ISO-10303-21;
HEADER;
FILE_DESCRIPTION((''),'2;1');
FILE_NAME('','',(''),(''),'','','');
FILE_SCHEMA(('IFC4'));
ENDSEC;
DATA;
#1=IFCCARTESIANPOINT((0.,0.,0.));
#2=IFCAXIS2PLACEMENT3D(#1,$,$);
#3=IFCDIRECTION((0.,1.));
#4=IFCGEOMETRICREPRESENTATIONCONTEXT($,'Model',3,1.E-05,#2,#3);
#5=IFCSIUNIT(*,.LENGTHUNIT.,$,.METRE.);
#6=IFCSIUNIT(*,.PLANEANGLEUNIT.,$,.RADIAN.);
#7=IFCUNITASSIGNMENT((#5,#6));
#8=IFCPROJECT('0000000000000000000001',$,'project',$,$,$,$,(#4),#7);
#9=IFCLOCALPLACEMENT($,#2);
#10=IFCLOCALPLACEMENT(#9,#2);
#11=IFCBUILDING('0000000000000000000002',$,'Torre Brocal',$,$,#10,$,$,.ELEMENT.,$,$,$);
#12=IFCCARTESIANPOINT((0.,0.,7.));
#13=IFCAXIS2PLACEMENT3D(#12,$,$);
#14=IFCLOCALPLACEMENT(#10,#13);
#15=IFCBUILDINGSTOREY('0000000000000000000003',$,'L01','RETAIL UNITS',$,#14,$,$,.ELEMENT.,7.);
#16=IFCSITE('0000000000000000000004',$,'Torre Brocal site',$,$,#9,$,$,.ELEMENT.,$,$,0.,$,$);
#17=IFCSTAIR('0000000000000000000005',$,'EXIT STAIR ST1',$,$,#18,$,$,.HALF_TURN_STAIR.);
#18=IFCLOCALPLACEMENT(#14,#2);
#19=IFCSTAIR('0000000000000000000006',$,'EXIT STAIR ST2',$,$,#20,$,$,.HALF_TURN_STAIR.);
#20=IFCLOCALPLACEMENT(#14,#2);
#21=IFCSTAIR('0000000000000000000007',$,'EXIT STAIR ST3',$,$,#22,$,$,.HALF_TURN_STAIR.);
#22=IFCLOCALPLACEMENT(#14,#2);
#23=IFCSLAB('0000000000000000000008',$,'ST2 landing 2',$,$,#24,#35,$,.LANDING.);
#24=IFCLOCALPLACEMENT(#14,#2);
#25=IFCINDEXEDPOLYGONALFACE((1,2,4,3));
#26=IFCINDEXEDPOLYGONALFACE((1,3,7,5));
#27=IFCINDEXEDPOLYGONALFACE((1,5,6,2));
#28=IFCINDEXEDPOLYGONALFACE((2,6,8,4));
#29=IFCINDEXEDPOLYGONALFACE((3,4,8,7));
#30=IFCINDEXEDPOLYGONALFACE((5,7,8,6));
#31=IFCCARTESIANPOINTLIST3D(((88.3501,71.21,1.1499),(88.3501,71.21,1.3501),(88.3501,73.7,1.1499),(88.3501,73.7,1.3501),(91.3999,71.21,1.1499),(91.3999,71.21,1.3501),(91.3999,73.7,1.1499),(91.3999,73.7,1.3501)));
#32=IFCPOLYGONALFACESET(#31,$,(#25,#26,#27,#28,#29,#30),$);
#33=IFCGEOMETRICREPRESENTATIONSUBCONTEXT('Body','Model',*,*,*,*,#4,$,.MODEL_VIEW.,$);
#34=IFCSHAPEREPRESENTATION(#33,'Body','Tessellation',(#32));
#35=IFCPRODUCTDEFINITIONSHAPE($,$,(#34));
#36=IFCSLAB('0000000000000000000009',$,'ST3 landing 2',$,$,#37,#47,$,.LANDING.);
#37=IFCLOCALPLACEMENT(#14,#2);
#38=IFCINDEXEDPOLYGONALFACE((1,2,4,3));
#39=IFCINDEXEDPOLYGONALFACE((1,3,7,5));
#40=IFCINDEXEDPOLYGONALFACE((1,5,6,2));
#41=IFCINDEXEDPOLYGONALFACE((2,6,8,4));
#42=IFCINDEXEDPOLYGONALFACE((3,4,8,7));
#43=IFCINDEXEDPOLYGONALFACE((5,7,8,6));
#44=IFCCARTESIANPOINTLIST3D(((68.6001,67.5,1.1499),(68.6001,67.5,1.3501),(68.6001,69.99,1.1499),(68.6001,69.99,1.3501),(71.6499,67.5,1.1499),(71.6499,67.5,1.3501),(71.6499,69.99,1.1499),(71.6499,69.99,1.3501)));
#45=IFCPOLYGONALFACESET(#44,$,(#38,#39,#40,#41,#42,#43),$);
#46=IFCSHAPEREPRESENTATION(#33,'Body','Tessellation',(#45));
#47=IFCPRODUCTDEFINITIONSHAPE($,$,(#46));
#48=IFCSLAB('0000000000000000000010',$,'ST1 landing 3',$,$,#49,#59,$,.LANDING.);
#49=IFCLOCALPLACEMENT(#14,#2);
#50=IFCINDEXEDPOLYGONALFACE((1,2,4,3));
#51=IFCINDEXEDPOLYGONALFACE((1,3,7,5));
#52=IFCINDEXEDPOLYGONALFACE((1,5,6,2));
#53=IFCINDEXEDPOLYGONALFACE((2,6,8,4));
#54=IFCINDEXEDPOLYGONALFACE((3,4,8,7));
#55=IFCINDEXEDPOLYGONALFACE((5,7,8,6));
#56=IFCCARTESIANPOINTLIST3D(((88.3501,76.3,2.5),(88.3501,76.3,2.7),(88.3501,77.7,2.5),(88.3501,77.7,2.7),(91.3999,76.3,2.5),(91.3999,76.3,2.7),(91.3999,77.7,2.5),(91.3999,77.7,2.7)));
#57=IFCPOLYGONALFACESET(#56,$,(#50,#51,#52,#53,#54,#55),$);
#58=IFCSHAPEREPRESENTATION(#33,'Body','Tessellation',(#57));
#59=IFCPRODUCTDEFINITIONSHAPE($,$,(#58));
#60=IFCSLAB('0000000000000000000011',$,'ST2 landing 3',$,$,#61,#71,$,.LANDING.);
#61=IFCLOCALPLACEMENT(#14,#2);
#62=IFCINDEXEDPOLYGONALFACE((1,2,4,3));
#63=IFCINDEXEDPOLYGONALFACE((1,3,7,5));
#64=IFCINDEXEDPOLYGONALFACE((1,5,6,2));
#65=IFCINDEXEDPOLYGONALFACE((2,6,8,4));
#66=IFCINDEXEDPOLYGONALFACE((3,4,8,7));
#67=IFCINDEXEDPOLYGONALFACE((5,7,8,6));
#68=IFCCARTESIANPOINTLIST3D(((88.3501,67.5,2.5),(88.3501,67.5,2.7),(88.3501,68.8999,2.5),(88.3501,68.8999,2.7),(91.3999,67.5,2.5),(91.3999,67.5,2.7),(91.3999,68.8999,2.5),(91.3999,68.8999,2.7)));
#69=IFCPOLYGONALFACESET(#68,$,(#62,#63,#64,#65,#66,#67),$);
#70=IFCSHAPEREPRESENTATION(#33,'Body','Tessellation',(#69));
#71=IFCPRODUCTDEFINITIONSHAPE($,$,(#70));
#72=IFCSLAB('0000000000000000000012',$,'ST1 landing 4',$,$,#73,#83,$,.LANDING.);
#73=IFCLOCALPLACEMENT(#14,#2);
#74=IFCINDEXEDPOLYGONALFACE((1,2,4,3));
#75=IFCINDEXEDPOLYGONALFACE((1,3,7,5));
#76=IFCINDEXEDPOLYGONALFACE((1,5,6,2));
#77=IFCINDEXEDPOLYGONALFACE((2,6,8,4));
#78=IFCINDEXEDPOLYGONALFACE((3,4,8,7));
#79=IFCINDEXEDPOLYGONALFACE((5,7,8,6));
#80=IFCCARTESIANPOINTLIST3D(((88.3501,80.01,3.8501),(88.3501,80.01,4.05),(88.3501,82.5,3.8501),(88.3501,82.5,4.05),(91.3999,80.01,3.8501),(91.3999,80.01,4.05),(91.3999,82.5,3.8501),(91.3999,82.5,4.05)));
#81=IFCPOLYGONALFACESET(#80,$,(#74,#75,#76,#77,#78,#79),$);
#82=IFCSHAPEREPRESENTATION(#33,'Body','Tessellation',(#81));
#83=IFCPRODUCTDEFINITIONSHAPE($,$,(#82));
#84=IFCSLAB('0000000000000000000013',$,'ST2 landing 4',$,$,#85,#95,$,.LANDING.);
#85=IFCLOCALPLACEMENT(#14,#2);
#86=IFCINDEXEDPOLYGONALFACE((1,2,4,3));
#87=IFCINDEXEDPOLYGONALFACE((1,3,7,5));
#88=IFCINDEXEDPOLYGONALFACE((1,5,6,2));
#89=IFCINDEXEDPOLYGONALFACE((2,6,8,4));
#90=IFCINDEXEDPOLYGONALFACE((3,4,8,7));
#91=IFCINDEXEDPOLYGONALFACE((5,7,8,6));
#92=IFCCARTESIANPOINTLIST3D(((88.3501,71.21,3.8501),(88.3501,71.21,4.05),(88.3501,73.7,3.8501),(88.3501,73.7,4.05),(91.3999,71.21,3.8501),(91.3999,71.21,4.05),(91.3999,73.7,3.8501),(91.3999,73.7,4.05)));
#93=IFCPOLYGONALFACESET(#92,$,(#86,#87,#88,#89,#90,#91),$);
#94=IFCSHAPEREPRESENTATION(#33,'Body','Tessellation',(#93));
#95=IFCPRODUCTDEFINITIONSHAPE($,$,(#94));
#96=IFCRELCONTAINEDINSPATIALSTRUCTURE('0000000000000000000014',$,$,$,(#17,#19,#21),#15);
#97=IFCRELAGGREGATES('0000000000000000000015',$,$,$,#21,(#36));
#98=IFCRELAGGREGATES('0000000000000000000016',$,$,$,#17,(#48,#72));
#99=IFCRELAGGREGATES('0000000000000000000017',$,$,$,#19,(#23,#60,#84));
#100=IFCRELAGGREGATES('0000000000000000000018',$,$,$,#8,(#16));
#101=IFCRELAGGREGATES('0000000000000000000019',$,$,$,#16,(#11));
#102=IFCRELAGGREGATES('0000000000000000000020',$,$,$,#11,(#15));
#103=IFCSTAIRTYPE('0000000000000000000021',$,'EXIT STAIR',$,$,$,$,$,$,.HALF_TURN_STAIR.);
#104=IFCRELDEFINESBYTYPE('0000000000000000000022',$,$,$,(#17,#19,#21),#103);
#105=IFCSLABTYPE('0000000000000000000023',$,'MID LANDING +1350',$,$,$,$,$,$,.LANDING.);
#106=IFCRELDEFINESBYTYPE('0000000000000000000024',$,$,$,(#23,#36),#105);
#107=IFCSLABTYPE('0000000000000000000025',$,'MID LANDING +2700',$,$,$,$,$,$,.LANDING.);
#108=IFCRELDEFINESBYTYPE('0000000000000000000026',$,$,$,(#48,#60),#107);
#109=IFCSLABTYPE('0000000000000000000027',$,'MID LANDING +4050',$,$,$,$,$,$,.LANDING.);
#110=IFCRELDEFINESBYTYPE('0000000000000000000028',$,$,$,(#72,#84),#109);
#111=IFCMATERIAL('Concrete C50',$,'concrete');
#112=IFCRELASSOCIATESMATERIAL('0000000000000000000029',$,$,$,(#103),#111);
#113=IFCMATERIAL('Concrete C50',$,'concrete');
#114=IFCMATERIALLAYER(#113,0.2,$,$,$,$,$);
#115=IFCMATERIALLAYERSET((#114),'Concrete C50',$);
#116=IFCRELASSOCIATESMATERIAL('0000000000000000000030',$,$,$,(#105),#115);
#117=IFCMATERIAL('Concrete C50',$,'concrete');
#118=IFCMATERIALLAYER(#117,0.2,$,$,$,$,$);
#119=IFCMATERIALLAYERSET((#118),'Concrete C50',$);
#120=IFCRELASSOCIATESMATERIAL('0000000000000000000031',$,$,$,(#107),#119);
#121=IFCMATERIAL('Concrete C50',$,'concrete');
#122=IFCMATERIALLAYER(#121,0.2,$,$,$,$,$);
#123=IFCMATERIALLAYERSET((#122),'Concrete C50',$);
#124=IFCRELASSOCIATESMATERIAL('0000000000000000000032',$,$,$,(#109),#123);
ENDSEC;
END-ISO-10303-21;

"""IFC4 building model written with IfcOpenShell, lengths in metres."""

from ifc_helpers import new_model, si_unit, direction, frame, origin, place, context, subcontext, project, spatial, polyline, outline, extrude, material, layer, layer_set, type_object, element, aggregate, save


model = new_model("IFC4")

# Units and contexts
model_context = context("Model", 3, precision=1e-05, world=origin(), true_north=direction((0.0, 1.0)))
body_context = subcontext(model_context, "Body", "Model", "MODEL_VIEW")
ifc_project = project(units=[si_unit("LENGTHUNIT", "METRE"), si_unit("PLANEANGLEUNIT", "RADIAN")], contexts=[model_context])

# Site, building, storey
site_placement = place(None, origin())
site = spatial("IfcSite", under=ifc_project, at=site_placement, Name="Torre Brocal site", CompositionType="ELEMENT", RefElevation=0.0)
building_placement = place(site_placement, origin())
building = spatial("IfcBuilding", under=site, at=building_placement, Name="Torre Brocal", CompositionType="ELEMENT")
storey_placement = place(building_placement, frame((0.0, 0.0, 7.0)))
storey = spatial("IfcBuildingStorey", under=building, at=storey_placement, Name="L01", Description="RETAIL UNITS", CompositionType="ELEMENT", Elevation=7.0)

# Stairs
ifc_material_1 = material(Name="Concrete C50", Category="concrete")
stair_type = type_object("IfcStairType", Name="EXIT STAIR", PredefinedType="HALF_TURN_STAIR", material=ifc_material_1)
stair_1_placement = place(storey_placement, origin())
stair_1 = element("IfcStair", 1, at=stair_1_placement, inside=storey, type_object=stair_type, Name="EXIT STAIR ST1", PredefinedType="HALF_TURN_STAIR")
stair_2_placement = place(storey_placement, origin())
stair_2 = element("IfcStair", 2, at=stair_2_placement, inside=storey, type_object=stair_type, Name="EXIT STAIR ST2", PredefinedType="HALF_TURN_STAIR")
stair_3_placement = place(storey_placement, origin())
stair_3 = element("IfcStair", 3, at=stair_3_placement, inside=storey, type_object=stair_type, Name="EXIT STAIR ST3", PredefinedType="HALF_TURN_STAIR")

# Slabs
ifc_material_2 = material(Name="Concrete C50", Category="concrete")
ifc_layer_1 = layer(ifc_material_2, 0.2)
ifc_layer_set_1 = layer_set([ifc_layer_1], Name="Concrete C50")
slab_type_1 = type_object("IfcSlabType", Name="MID LANDING +1350", PredefinedType="LANDING", material=ifc_layer_set_1)
slab_1_placement = place(storey_placement, frame((0.0, 0.0, 1.1499)))
slab_1 = element("IfcSlab", 4, at=slab_1_placement, type_object=slab_type_1, Name="ST2 landing 2", PredefinedType="LANDING", context=body_context, shape_type="SweptSolid", body=[
    extrude(outline(polyline([(88.3501, 71.21), (91.3999, 71.21), (91.3999, 73.7), (88.3501, 73.7), (88.3501, 71.21)])), origin(), (0.0, 0.0, 1.0), 0.2002),
])
slab_2_placement = place(storey_placement, frame((0.0, 0.0, 1.1499)))
slab_2 = element("IfcSlab", 5, at=slab_2_placement, type_object=slab_type_1, Name="ST3 landing 2", PredefinedType="LANDING", context=body_context, shape_type="SweptSolid", body=[
    extrude(outline(polyline([(71.6499, 69.99), (68.6001, 69.99), (68.6001, 67.5), (71.6499, 67.5), (71.6499, 69.99)])), origin(), (0.0, 0.0, 1.0), 0.2002),
])
aggregate(stair_3, [slab_2])
ifc_material_3 = material(Name="Concrete C50", Category="concrete")
ifc_layer_2 = layer(ifc_material_3, 0.2)
ifc_layer_set_2 = layer_set([ifc_layer_2], Name="Concrete C50")
slab_type_2 = type_object("IfcSlabType", Name="MID LANDING +2700", PredefinedType="LANDING", material=ifc_layer_set_2)
slab_3_placement = place(storey_placement, frame((0.0, 0.0, 2.5)))
slab_3 = element("IfcSlab", 6, at=slab_3_placement, type_object=slab_type_2, Name="ST1 landing 3", PredefinedType="LANDING", context=body_context, shape_type="SweptSolid", body=[
    extrude(outline(polyline([(88.3501, 76.3), (91.3999, 76.3), (91.3999, 77.7), (88.3501, 77.7), (88.3501, 76.3)])), origin(), (0.0, 0.0, 1.0), 0.2),
])
slab_4_placement = place(storey_placement, frame((0.0, 0.0, 2.5)))
slab_4 = element("IfcSlab", 7, at=slab_4_placement, type_object=slab_type_2, Name="ST2 landing 3", PredefinedType="LANDING", context=body_context, shape_type="SweptSolid", body=[
    extrude(outline(polyline([(88.3501, 67.5), (91.3999, 67.5), (91.3999, 68.8999), (88.3501, 68.8999), (88.3501, 67.5)])), origin(), (0.0, 0.0, 1.0), 0.2),
])
ifc_material_4 = material(Name="Concrete C50", Category="concrete")
ifc_layer_3 = layer(ifc_material_4, 0.2)
ifc_layer_set_3 = layer_set([ifc_layer_3], Name="Concrete C50")
slab_type_3 = type_object("IfcSlabType", Name="MID LANDING +4050", PredefinedType="LANDING", material=ifc_layer_set_3)
slab_5_placement = place(storey_placement, frame((0.0, 0.0, 3.8501)))
slab_5 = element("IfcSlab", 8, at=slab_5_placement, type_object=slab_type_3, Name="ST1 landing 4", PredefinedType="LANDING", context=body_context, shape_type="SweptSolid", body=[
    extrude(outline(polyline([(88.3501, 80.01), (91.3999, 80.01), (91.3999, 82.5), (88.3501, 82.5), (88.3501, 80.01)])), origin(), (0.0, 0.0, 1.0), 0.2),
])
aggregate(stair_1, [slab_3, slab_5])
slab_6_placement = place(storey_placement, frame((0.0, 0.0, 3.8501)))
slab_6 = element("IfcSlab", 9, at=slab_6_placement, type_object=slab_type_3, Name="ST2 landing 4", PredefinedType="LANDING", context=body_context, shape_type="SweptSolid", body=[
    extrude(outline(polyline([(88.3501, 71.21), (91.3999, 71.21), (91.3999, 73.7), (88.3501, 73.7), (88.3501, 71.21)])), origin(), (0.0, 0.0, 1.0), 0.2),
])
aggregate(stair_2, [slab_1, slab_4, slab_6])

save(model, "model.ifc")
